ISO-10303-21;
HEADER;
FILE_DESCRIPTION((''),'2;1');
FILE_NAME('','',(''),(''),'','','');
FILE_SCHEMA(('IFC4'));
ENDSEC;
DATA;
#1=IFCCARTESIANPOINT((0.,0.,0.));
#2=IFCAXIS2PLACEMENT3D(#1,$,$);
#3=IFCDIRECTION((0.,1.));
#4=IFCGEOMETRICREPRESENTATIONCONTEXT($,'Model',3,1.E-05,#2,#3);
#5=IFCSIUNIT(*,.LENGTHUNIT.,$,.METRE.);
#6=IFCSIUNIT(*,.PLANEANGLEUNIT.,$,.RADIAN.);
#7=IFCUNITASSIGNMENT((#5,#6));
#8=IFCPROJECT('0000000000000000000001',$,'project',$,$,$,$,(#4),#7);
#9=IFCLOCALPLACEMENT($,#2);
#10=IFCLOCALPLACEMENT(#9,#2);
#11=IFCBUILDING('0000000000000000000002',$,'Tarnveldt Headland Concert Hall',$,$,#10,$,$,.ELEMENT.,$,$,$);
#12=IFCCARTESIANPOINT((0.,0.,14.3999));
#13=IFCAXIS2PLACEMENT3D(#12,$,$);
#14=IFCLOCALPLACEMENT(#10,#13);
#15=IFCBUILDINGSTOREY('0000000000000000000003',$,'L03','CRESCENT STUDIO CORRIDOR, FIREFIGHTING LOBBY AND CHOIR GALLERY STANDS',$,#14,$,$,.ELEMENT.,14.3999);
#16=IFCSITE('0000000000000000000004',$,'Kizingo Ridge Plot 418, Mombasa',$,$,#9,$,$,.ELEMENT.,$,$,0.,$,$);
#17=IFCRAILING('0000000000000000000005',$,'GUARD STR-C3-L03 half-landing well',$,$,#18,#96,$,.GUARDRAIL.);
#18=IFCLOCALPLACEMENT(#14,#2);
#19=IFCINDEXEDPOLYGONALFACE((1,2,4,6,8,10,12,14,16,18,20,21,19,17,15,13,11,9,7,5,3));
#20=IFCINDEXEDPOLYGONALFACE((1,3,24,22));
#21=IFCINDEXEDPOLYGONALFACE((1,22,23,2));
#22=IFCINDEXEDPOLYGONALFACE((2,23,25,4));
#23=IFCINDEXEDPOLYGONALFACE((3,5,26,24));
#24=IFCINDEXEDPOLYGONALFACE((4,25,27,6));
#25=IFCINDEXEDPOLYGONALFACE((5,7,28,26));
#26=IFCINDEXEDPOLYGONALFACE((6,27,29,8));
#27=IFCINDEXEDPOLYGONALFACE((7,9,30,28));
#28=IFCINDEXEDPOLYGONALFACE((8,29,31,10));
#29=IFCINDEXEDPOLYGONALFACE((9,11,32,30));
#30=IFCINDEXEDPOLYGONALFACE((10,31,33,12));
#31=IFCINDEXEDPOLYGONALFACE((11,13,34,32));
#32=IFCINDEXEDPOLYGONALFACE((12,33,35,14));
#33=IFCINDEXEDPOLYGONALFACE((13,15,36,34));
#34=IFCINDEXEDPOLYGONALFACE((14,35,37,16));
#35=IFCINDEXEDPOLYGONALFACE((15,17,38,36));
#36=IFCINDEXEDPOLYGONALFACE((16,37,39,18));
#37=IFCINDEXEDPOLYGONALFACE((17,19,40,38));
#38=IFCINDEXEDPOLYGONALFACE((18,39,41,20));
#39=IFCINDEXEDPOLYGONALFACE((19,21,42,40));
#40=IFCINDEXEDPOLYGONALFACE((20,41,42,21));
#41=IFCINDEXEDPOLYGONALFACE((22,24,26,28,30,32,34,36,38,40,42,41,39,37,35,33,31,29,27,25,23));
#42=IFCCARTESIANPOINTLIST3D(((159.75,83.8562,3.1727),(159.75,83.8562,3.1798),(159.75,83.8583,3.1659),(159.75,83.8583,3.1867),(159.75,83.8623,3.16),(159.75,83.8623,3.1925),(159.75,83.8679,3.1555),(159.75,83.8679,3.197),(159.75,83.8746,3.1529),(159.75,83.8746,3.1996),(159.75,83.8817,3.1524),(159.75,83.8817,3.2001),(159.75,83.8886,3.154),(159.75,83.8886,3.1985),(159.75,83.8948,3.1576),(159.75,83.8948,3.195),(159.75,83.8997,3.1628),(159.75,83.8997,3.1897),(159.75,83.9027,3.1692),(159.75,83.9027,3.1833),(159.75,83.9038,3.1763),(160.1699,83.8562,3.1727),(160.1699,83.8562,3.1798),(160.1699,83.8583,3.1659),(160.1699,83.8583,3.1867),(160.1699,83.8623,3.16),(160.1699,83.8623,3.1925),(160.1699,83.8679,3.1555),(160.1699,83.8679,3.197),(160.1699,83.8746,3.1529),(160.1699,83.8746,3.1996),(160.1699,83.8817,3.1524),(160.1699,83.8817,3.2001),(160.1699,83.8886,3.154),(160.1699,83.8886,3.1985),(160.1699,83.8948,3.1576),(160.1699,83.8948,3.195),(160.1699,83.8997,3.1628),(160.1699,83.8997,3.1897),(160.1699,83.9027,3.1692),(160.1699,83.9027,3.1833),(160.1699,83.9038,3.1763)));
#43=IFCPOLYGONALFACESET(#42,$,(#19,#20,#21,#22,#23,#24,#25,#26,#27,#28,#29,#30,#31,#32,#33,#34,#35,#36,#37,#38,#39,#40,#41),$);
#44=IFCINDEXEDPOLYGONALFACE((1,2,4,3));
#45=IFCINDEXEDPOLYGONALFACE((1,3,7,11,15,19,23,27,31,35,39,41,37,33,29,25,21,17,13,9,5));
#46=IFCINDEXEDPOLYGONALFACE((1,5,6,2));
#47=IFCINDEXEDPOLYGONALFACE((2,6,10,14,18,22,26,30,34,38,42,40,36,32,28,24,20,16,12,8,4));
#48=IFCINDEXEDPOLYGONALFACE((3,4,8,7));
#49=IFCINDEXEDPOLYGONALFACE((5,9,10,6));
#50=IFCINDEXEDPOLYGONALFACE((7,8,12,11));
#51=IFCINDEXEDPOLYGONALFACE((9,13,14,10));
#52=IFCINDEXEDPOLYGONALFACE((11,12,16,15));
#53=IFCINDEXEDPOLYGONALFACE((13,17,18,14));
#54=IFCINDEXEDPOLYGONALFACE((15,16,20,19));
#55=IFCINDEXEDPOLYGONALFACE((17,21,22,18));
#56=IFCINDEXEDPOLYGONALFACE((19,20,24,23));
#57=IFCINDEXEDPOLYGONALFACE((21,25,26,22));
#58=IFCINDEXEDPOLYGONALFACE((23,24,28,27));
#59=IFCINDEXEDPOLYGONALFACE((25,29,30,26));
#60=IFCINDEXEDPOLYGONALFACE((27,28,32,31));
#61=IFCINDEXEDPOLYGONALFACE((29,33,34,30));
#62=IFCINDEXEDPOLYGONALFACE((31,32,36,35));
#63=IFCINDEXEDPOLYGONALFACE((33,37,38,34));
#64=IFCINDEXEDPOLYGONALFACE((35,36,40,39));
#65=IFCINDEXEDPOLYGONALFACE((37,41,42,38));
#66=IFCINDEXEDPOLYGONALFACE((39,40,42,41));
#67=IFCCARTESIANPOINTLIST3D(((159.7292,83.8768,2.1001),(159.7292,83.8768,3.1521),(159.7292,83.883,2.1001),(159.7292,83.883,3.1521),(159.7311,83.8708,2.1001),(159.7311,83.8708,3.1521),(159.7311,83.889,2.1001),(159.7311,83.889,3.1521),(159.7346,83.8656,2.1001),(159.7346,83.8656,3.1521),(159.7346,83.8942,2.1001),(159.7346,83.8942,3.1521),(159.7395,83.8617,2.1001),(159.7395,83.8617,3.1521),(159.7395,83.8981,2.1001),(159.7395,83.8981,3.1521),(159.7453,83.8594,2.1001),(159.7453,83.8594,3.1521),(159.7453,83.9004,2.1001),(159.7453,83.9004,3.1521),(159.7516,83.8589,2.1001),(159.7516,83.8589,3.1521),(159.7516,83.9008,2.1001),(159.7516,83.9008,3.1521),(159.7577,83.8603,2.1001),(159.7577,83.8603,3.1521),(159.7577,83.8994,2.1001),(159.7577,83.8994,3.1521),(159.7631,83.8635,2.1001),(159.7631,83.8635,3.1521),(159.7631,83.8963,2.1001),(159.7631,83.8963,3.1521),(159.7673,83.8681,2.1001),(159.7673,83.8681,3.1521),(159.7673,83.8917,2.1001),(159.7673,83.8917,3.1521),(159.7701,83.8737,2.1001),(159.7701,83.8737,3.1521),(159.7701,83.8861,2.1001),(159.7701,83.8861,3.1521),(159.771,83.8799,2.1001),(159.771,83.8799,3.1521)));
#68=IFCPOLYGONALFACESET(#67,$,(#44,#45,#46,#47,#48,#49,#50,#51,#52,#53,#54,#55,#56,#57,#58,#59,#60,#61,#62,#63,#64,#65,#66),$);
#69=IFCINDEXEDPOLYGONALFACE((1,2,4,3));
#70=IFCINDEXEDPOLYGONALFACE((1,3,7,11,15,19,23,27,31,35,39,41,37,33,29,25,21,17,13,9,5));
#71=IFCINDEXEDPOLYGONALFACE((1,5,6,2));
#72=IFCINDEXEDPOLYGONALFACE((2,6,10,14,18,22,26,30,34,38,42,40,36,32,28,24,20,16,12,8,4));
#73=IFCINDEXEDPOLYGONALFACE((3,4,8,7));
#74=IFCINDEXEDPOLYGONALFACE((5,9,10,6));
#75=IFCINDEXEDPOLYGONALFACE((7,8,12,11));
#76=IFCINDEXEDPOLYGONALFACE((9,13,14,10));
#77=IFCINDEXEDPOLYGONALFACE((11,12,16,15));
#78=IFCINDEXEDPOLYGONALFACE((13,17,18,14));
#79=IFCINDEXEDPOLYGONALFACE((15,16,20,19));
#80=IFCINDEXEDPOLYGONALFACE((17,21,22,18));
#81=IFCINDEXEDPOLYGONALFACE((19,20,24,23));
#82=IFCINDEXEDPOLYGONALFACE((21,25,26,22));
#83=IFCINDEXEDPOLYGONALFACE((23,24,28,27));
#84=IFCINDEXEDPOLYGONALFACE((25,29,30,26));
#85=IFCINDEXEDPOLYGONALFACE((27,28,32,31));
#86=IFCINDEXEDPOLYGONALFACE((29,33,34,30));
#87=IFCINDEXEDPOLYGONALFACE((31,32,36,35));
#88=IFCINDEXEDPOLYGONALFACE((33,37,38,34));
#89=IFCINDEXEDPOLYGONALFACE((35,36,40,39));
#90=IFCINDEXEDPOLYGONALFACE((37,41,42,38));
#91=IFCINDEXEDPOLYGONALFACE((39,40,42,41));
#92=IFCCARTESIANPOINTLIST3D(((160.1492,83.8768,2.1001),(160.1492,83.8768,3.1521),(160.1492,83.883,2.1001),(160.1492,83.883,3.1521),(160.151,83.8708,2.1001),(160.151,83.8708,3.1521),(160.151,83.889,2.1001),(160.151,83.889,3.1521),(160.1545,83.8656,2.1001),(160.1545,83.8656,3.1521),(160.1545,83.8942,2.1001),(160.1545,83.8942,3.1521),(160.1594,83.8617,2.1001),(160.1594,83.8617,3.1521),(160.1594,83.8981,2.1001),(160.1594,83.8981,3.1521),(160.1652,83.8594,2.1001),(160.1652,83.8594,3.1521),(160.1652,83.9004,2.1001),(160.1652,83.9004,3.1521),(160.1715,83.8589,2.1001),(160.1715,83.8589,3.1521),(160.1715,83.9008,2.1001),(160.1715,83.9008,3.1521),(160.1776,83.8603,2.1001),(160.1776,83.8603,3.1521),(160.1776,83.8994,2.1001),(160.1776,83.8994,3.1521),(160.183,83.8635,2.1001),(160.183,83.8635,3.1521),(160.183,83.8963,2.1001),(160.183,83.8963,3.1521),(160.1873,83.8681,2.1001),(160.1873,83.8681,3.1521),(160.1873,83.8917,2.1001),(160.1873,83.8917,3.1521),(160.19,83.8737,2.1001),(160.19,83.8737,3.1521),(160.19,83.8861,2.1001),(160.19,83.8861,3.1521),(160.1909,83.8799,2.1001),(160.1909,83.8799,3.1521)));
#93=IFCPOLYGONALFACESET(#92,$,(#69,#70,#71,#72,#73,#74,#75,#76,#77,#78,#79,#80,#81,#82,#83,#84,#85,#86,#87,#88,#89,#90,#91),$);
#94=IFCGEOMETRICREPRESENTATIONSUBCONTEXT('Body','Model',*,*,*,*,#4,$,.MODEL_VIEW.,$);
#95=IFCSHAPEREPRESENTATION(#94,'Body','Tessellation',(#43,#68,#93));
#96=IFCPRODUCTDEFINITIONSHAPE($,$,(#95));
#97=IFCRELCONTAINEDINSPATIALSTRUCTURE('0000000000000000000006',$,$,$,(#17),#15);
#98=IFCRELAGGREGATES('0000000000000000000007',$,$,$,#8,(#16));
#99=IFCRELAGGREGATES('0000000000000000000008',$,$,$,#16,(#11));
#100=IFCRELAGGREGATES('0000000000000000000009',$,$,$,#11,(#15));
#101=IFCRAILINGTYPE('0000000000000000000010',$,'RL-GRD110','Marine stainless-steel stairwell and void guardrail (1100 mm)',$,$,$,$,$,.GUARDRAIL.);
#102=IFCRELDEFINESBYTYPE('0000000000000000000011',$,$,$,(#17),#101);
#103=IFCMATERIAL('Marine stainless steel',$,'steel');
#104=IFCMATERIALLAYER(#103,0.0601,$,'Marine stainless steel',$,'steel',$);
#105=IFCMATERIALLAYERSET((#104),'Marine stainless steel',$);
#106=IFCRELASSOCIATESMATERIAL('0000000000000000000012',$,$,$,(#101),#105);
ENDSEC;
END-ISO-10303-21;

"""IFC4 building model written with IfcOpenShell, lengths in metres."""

from ifc_helpers import new_model, si_unit, direction, frame, origin, origin_2d, place, context, subcontext, project, spatial, circle, extrude, material, layer, layer_set, type_object, element, save


model = new_model("IFC4")

# Units and contexts
model_context = context("Model", 3, precision=1e-05, world=origin(), true_north=direction((0.0, 1.0)))
body_context = subcontext(model_context, "Body", "Model", "MODEL_VIEW")
ifc_project = project(units=[si_unit("LENGTHUNIT", "METRE"), si_unit("PLANEANGLEUNIT", "RADIAN")], contexts=[model_context])

# Site, building, storey
site_placement = place(None, origin())
site = spatial("IfcSite", under=ifc_project, at=site_placement, Name="Kizingo Ridge Plot 418, Mombasa", CompositionType="ELEMENT", RefElevation=0.0)
building_placement = place(site_placement, origin())
building = spatial("IfcBuilding", under=site, at=building_placement, Name="Tarnveldt Headland Concert Hall", CompositionType="ELEMENT")
storey_placement = place(building_placement, frame((0.0, 0.0, 14.3999)))
storey = spatial("IfcBuildingStorey", under=building, at=storey_placement, Name="L03", Description="CRESCENT STUDIO CORRIDOR, FIREFIGHTING LOBBY AND CHOIR GALLERY STANDS", CompositionType="ELEMENT", Elevation=14.3999)

# Railing
ifc_material_1 = material(Name="Marine stainless steel", Category="steel")
ifc_layer_1 = layer(ifc_material_1, 0.0601, Name="Marine stainless steel", Category="steel")
ifc_layer_set_1 = layer_set([ifc_layer_1], Name="Marine stainless steel")
railing_type_1 = type_object("IfcRailingType", Name="RL-GRD110", Description="Marine stainless-steel stairwell and void guardrail (1100 mm)", PredefinedType="GUARDRAIL", material=ifc_layer_set_1)
railing_1_placement = place(storey_placement, frame((159.75, 83.8799, 2.1001)))
element("IfcRailing", 1, at=railing_1_placement, inside=storey, type_object=railing_type_1, Name="GUARD STR-C3-L03 half-landing well", PredefinedType="GUARDRAIL", context=body_context, shape_type="SweptSolid", body=[
    extrude(circle(Radius=0.0239, at=origin_2d()), frame((0.0, 0.0, 1.0762), z_axis=(1.0, 0.0, 0.0), x_axis=(0.0, 1.0, 0.0)), (0.0, 0.0, 1.0), 0.4199),
    extrude(circle(Radius=0.021, at=origin_2d()), origin(), (0.0, 0.0, 1.0), 1.052),
    extrude(circle(Radius=0.021, at=origin_2d()), frame((0.4199, 0.0, 0.0)), (0.0, 0.0, 1.0), 1.052),
])

save(model, "model.ifc")
